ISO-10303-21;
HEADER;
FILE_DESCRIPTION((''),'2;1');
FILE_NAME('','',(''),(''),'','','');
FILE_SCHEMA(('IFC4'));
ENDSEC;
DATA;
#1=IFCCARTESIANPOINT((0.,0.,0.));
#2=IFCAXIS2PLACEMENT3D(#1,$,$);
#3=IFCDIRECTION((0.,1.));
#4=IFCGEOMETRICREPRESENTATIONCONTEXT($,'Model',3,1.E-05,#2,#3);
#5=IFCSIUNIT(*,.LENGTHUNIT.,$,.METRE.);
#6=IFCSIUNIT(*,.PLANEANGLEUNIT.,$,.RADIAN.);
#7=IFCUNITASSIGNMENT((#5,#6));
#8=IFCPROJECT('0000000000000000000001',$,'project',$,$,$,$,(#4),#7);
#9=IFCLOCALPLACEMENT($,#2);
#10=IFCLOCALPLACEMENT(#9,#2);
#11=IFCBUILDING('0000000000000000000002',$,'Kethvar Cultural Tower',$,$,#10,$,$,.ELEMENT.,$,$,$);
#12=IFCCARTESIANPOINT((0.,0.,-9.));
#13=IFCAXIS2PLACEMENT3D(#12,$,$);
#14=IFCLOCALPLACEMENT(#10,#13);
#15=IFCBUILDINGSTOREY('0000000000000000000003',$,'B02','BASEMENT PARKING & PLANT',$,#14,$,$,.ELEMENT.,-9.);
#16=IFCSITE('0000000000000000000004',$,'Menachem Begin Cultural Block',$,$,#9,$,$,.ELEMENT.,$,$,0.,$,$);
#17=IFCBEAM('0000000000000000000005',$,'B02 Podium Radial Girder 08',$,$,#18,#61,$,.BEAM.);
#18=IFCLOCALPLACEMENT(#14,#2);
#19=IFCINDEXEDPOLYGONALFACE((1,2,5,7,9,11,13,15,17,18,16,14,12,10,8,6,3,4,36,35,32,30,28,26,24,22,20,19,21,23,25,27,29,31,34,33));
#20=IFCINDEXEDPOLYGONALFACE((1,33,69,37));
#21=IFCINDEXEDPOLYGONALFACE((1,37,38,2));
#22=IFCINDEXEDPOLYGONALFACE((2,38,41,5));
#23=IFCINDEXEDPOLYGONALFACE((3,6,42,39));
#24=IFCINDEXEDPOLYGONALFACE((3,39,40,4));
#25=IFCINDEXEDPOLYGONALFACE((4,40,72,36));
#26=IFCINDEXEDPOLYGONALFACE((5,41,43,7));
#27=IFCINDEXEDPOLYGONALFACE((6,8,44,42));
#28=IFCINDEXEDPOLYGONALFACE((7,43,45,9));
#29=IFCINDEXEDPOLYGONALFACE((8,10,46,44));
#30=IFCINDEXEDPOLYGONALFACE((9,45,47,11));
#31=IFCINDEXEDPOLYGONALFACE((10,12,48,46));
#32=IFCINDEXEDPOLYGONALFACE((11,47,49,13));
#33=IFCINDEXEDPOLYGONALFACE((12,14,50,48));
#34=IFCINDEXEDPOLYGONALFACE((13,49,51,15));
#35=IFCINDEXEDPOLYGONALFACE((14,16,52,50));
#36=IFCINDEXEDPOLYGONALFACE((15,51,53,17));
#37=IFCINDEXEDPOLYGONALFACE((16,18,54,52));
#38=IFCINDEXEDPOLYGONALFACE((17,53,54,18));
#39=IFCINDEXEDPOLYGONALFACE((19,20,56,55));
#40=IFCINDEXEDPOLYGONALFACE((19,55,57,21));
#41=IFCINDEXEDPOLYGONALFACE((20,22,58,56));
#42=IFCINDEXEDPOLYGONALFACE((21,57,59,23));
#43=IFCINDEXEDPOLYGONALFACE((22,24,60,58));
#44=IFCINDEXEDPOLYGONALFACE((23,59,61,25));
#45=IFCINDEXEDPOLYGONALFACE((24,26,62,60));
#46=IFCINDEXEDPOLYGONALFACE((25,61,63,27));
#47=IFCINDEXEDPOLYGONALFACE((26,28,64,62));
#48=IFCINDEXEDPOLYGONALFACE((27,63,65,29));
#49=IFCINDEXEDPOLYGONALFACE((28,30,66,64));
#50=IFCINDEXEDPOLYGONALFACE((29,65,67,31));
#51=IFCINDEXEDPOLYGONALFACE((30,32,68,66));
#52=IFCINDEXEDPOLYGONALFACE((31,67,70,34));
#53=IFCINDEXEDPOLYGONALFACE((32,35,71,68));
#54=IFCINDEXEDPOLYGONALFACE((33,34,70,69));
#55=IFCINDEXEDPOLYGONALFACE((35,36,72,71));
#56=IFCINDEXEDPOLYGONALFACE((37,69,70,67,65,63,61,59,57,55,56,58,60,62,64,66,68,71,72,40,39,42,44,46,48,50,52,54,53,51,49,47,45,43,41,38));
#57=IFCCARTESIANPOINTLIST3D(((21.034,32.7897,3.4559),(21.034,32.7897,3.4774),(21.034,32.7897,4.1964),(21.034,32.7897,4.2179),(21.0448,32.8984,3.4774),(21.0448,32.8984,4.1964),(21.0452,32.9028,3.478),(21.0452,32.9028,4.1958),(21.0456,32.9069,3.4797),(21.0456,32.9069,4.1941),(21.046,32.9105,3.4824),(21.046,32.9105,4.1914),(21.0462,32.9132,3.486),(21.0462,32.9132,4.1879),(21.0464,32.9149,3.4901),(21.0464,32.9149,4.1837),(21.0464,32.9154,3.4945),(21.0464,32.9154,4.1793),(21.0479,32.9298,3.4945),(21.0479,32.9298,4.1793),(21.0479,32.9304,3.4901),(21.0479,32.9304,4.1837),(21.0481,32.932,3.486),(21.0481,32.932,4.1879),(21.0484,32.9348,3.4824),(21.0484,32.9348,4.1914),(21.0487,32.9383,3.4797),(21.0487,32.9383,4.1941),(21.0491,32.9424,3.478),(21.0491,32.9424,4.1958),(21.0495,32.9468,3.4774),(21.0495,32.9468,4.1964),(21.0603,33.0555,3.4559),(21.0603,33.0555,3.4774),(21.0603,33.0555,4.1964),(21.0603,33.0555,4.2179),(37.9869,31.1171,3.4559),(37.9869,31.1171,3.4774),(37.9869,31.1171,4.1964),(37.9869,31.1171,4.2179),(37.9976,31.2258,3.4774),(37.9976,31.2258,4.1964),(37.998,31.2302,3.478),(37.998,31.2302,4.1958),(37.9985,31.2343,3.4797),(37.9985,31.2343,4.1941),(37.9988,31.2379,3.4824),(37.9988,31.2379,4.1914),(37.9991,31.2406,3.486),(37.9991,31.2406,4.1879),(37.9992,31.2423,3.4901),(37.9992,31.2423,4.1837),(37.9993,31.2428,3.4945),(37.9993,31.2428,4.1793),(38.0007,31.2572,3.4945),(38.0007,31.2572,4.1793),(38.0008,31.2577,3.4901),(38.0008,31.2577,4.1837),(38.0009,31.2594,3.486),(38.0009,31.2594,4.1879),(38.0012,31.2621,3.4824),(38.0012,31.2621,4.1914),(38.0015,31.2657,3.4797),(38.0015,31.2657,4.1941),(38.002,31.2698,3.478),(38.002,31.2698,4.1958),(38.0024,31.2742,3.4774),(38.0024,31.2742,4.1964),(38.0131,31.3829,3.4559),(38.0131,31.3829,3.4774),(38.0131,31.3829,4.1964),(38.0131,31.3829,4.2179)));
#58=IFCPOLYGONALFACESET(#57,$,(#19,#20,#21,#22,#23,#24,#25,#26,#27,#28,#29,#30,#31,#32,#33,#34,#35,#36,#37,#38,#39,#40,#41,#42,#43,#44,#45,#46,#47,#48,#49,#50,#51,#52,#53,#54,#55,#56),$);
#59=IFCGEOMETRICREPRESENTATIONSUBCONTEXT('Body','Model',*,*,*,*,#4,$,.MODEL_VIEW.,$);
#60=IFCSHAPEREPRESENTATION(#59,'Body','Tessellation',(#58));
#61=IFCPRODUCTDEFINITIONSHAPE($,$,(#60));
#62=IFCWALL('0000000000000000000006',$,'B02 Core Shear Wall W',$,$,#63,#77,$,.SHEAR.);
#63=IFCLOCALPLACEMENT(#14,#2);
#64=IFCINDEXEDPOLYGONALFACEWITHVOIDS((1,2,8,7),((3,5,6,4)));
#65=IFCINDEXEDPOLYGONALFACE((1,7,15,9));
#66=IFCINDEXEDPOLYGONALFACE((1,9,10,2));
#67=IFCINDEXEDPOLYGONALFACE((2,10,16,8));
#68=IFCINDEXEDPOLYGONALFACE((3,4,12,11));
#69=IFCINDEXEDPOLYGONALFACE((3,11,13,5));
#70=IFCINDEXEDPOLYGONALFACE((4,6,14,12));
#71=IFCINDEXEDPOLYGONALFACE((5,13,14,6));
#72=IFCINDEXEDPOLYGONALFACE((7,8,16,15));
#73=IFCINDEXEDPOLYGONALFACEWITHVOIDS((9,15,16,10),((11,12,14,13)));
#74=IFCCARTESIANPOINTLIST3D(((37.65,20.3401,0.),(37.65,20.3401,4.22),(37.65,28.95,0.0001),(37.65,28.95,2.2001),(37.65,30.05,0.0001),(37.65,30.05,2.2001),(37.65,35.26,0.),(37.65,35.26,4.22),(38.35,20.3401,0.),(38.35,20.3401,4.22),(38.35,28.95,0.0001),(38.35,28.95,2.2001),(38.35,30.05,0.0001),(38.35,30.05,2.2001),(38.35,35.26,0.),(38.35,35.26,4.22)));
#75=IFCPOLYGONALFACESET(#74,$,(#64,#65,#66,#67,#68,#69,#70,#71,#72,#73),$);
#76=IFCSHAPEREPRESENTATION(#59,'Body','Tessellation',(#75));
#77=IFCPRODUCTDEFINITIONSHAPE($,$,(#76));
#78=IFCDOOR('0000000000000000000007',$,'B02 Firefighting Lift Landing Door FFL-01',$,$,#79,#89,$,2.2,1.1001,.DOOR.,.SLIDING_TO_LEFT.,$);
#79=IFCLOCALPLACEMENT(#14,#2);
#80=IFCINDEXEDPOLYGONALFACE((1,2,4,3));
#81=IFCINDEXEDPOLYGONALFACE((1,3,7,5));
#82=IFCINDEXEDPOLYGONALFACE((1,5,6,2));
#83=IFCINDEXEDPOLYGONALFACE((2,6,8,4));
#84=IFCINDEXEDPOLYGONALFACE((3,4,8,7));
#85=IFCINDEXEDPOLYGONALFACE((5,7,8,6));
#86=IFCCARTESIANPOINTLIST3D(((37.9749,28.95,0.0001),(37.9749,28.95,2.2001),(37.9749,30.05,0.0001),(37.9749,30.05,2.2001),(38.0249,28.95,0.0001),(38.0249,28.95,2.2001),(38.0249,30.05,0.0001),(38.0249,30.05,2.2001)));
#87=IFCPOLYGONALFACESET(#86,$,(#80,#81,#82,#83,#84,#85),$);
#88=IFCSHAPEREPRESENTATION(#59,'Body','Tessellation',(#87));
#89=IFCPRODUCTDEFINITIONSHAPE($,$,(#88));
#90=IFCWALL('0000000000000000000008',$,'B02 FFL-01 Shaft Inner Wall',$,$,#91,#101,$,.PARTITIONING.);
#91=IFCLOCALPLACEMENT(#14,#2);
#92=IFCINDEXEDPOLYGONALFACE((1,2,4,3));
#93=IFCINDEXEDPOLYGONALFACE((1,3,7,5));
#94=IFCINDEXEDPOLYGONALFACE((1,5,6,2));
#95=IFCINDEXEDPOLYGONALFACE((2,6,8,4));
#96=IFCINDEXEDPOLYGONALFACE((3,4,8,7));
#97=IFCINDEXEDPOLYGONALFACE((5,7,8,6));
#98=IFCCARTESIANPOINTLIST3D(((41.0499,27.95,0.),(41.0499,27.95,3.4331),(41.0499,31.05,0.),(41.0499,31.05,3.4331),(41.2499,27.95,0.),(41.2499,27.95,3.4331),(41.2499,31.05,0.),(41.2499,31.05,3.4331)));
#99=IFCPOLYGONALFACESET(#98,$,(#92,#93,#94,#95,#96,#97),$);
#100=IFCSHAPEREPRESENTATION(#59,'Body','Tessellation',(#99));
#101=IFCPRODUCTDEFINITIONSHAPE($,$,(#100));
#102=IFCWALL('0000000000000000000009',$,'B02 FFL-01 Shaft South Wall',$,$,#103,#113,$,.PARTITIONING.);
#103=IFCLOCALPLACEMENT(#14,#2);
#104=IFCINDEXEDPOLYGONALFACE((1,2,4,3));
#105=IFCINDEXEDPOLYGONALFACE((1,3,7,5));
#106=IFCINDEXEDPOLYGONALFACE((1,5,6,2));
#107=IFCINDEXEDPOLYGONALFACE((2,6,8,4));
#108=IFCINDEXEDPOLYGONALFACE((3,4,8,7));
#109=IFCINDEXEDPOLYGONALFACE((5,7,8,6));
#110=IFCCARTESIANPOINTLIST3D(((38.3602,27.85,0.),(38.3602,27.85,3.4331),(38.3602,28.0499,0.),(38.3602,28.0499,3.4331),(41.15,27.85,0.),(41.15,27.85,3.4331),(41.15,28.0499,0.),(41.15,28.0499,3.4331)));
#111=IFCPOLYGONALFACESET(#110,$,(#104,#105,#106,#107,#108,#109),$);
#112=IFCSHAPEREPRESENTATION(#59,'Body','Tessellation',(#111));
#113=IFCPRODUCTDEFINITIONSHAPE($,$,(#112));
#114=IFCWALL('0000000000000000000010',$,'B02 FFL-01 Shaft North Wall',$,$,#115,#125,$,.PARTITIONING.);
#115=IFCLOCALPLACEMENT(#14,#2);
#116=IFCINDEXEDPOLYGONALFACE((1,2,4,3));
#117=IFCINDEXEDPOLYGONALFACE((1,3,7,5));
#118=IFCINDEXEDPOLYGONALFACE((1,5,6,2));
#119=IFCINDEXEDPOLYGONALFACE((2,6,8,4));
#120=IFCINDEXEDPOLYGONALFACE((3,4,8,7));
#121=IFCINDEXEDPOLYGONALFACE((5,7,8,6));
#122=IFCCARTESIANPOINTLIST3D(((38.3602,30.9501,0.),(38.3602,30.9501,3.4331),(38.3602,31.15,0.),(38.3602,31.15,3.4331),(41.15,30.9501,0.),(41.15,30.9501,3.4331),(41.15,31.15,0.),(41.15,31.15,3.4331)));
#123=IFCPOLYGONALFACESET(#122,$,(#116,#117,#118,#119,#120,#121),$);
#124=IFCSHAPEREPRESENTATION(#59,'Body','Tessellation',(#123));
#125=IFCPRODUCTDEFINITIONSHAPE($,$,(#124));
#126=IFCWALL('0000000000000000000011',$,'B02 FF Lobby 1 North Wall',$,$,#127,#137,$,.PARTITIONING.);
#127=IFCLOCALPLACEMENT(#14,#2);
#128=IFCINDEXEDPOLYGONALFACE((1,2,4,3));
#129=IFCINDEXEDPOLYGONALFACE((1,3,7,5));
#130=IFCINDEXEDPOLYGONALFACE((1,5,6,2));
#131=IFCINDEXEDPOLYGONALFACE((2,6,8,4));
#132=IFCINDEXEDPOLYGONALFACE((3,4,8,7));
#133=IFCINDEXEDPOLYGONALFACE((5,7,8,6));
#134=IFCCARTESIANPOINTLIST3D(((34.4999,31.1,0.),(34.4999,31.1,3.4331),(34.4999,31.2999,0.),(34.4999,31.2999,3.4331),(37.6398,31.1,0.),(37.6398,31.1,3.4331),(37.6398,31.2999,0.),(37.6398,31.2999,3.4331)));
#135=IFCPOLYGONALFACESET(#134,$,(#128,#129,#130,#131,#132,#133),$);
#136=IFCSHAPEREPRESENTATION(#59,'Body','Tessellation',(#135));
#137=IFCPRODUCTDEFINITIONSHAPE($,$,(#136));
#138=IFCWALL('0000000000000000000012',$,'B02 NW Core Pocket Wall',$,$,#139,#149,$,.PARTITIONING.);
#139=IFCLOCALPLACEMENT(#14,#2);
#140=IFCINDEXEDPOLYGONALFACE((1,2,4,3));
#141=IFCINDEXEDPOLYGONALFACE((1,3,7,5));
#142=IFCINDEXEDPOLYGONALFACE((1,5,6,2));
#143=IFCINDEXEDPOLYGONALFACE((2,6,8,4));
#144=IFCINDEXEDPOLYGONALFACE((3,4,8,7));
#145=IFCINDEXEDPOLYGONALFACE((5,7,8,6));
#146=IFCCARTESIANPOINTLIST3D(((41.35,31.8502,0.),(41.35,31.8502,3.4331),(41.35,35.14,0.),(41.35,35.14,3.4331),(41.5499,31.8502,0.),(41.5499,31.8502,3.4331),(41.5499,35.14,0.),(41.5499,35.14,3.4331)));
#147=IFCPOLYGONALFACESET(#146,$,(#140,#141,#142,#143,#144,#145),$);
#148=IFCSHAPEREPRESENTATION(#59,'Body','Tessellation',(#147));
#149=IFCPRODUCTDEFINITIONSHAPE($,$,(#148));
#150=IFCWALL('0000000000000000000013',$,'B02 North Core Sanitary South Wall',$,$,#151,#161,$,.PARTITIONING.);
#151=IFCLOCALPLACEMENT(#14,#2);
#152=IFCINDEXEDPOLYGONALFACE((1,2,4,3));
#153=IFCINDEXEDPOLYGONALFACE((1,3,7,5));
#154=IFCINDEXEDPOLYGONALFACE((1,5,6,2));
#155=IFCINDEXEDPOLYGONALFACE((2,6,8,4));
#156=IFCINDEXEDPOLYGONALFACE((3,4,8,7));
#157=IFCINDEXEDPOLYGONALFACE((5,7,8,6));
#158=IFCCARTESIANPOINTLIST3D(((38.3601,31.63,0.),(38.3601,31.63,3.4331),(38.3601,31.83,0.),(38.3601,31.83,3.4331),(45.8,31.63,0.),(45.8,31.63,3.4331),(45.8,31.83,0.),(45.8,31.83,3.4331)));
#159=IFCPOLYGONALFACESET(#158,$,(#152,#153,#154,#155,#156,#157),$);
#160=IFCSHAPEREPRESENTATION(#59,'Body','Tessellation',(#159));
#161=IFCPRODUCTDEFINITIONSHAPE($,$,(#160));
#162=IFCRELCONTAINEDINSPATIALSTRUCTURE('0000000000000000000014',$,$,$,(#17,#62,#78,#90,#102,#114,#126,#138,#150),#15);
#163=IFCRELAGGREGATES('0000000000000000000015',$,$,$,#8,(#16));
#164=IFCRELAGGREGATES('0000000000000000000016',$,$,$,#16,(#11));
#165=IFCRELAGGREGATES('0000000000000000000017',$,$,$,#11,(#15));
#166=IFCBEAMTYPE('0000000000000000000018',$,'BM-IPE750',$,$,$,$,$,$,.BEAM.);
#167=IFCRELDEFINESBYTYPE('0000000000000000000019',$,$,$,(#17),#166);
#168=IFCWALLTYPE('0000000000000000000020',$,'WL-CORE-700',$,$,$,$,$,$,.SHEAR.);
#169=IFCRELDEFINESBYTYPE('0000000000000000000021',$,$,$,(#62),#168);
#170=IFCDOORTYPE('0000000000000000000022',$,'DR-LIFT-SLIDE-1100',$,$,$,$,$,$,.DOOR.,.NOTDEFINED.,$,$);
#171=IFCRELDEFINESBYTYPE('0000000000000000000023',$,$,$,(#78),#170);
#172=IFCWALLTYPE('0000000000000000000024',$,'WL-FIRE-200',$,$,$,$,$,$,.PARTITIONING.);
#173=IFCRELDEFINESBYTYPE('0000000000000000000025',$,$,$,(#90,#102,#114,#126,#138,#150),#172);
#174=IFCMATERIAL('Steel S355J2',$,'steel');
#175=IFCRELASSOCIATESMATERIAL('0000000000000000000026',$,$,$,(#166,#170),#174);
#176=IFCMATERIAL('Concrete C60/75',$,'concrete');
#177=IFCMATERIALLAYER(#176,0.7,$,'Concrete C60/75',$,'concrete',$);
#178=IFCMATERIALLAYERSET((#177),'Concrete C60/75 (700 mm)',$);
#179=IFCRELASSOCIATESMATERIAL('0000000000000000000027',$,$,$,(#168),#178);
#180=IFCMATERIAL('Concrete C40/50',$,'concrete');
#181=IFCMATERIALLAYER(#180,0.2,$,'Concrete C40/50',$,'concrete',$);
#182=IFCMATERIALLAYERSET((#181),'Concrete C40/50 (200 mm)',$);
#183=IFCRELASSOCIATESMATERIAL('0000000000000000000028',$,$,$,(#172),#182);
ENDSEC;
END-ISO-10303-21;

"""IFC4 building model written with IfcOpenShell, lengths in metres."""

from ifc_helpers import new_model, si_unit, direction, frame, frame_2d, origin, origin_2d, place, context, subcontext, project, spatial, rectangle, i_section, extrude, source, transform, mapped, material, layer, layer_set, material_profile, profile_set, type_object, element, fill, save


model = new_model("IFC4")

# Units and contexts
model_context = context("Model", 3, precision=1e-05, world=origin(), true_north=direction((0.0, 1.0)))
body_context = subcontext(model_context, "Body", "Model", "MODEL_VIEW")
ifc_project = project(units=[si_unit("LENGTHUNIT", "METRE"), si_unit("PLANEANGLEUNIT", "RADIAN")], contexts=[model_context])

# Site, building, storey
site_placement = place(None, origin())
site = spatial("IfcSite", under=ifc_project, at=site_placement, Name="Menachem Begin Cultural Block", CompositionType="ELEMENT", RefElevation=0.0)
building_placement = place(site_placement, origin())
building = spatial("IfcBuilding", under=site, at=building_placement, Name="Kethvar Cultural Tower", CompositionType="ELEMENT")
storey_placement = place(building_placement, frame((0.0, 0.0, -9.0)))
storey = spatial("IfcBuildingStorey", under=building, at=storey_placement, Name="B02", Description="BASEMENT PARKING & PLANT", CompositionType="ELEMENT", Elevation=-9.0)

# Beam
ifc_material_1 = material(Name="Steel S355J2", Category="steel")
ifc_material_profile_1 = material_profile(ifc_material_1, i_section(OverallWidth=0.2671, OverallDepth=0.762, WebThickness=0.0144, FlangeThickness=0.0215, FilletRadius=0.0171, at=origin_2d()), Name="Steel S355J2 — IPE750x173")
ifc_profile_set_1 = profile_set([ifc_material_profile_1], Name="Steel S355J2 — IPE750x173")
beam_type = type_object("IfcBeamType", Name="BM-IPE750", PredefinedType="BEAM", material=ifc_profile_set_1)
shared_shape_1 = source(origin(), body_context, "Body", "SweptSolid", [
    extrude(i_section(OverallWidth=0.2671, OverallDepth=0.762, WebThickness=0.0144, FlangeThickness=0.0215, FilletRadius=0.0171, at=origin_2d()), origin(), (0.0, 0.0, 1.0), 17.0352),
])
beam_1_placement = place(storey_placement, frame((38.0, 31.25, 3.8369), z_axis=(-0.995168, 0.098185, 0.0), x_axis=(-0.098185, -0.995168, 0.0)))
element("IfcBeam", 1, at=beam_1_placement, inside=storey, type_object=beam_type, Name="B02 Podium Radial Girder 08", PredefinedType="BEAM", context=body_context, shape_type="MappedRepresentation", body=[
    mapped(shared_shape_1, transform((0.0, 0.0, 0.0), scale=1.0)),
])

# Wall, opening, door
ifc_material_2 = material(Name="Concrete C60/75", Category="concrete")
ifc_layer_1 = layer(ifc_material_2, 0.7, Name="Concrete C60/75", Category="concrete")
ifc_layer_set_1 = layer_set([ifc_layer_1], Name="Concrete C60/75 (700 mm)")
wall_type_1 = type_object("IfcWallType", Name="WL-CORE-700", PredefinedType="SHEAR", material=ifc_layer_set_1)
wall_1_placement = place(storey_placement, frame((38.0, 35.26, 0.0), z_axis=(0.0, 0.0, 1.0), x_axis=(0.0, -1.0, 0.0)))
wall_1 = element("IfcWall", 2, at=wall_1_placement, inside=storey, type_object=wall_type_1, Name="B02 Core Shear Wall W", PredefinedType="SHEAR", context=body_context, shape_type="SweptSolid", body=[
    extrude(rectangle(XDim=14.9199, YDim=0.7, at=frame_2d((7.46, 0.0))), origin(), (0.0, 0.0, 1.0), 4.22),
])
opening_1_placement = place(wall_1_placement, frame((5.21, 0.0, 0.0)))
opening_1 = element("IfcOpeningElement", 3, at=opening_1_placement, cuts=wall_1, PredefinedType="OPENING", context=body_context, shape_type="SweptSolid", body=[
    extrude(rectangle(XDim=1.1001, YDim=2.2, at=frame_2d((0.55, 1.1001))), frame((0.0, 0.3599, 0.0), z_axis=(0.0, -1.0, 0.0), x_axis=(1.0, 0.0, 0.0)), (0.0, 0.0, 1.0), 0.72),
])
door_type_1 = type_object("IfcDoorType", Name="DR-LIFT-SLIDE-1100", OperationType="NOTDEFINED", PredefinedType="DOOR", material=ifc_material_1)
shared_shape_2 = source(origin(), body_context, "Body", "SweptSolid", [
    extrude(rectangle(XDim=1.1001, YDim=2.2, at=frame_2d((0.55, 1.1001))), frame((0.0, 0.0249, 0.0), z_axis=(0.0, -1.0, 0.0), x_axis=(1.0, 0.0, 0.0)), (0.0, 0.0, 1.0), 0.05),
])
door_1_placement = place(opening_1_placement, origin())
door_1 = element("IfcDoor", 4, at=door_1_placement, inside=storey, type_object=door_type_1, Name="B02 Firefighting Lift Landing Door FFL-01", OperationType="SLIDING_TO_LEFT", OverallHeight=2.2, OverallWidth=1.1001, PredefinedType="DOOR", context=body_context, shape_type="MappedRepresentation", body=[
    mapped(shared_shape_2, transform((0.0, 0.0, 0.0), scale=1.0)),
])
fill(opening_1, door_1)

# Walls
ifc_material_3 = material(Name="Concrete C40/50", Category="concrete")
ifc_layer_2 = layer(ifc_material_3, 0.2, Name="Concrete C40/50", Category="concrete")
ifc_layer_set_2 = layer_set([ifc_layer_2], Name="Concrete C40/50 (200 mm)")
wall_type_2 = type_object("IfcWallType", Name="WL-FIRE-200", PredefinedType="PARTITIONING", material=ifc_layer_set_2)
wall_2_placement = place(storey_placement, frame((41.1499, 27.95, 0.0), z_axis=(0.0, 0.0, 1.0), x_axis=(0.0, 1.0, 0.0)))
element("IfcWall", 5, at=wall_2_placement, inside=storey, type_object=wall_type_2, Name="B02 FFL-01 Shaft Inner Wall", PredefinedType="PARTITIONING", context=body_context, shape_type="SweptSolid", body=[
    extrude(rectangle(XDim=3.1001, YDim=0.2, at=frame_2d((1.55, 0.0))), origin(), (0.0, 0.0, 1.0), 3.4331),
])
for number, where, z_axis, x_axis, name in (
    (6, (38.3601, 27.95, 0.0), (0.0, 0.0, 1.0), (1.0, 0.0, 0.0), "B02 FFL-01 Shaft South Wall"),
    (7, (38.3601, 31.05, 0.0), (0.0, 0.0, 1.0), (1.0, 0.0, 0.0), "B02 FFL-01 Shaft North Wall"),
):
    element("IfcWall", number, at=place(storey_placement, frame(where, z_axis=z_axis, x_axis=x_axis)), inside=storey, type_object=wall_type_2, Name=name, PredefinedType="PARTITIONING", context=body_context, shape_type="SweptSolid", body=[
        extrude(rectangle(XDim=2.7898, YDim=0.2, at=frame_2d((1.395, 0.0))), origin(), (0.0, 0.0, 1.0), 3.4331),
    ])

# Walls
wall_3_placement = place(storey_placement, frame((34.5, 31.2, 0.0), z_axis=(0.0, 0.0, 1.0), x_axis=(1.0, 0.0, 0.0)))
element("IfcWall", 8, at=wall_3_placement, inside=storey, type_object=wall_type_2, Name="B02 FF Lobby 1 North Wall", PredefinedType="PARTITIONING", context=body_context, shape_type="SweptSolid", body=[
    extrude(rectangle(XDim=3.1399, YDim=0.2, at=frame_2d((1.5698, 0.0))), origin(), (0.0, 0.0, 1.0), 3.4331),
])
wall_4_placement = place(storey_placement, frame((41.45, 31.8501, 0.0), z_axis=(0.0, 0.0, 1.0), x_axis=(0.0, 1.0, 0.0)))
element("IfcWall", 9, at=wall_4_placement, inside=storey, type_object=wall_type_2, Name="B02 NW Core Pocket Wall", PredefinedType="PARTITIONING", context=body_context, shape_type="SweptSolid", body=[
    extrude(rectangle(XDim=3.2898, YDim=0.2, at=frame_2d((1.645, 0.0))), origin(), (0.0, 0.0, 1.0), 3.4331),
])
wall_5_placement = place(storey_placement, frame((38.3601, 31.73, 0.0), z_axis=(0.0, 0.0, 1.0), x_axis=(1.0, 0.0, 0.0)))
element("IfcWall", 10, at=wall_5_placement, inside=storey, type_object=wall_type_2, Name="B02 North Core Sanitary South Wall", PredefinedType="PARTITIONING", context=body_context, shape_type="SweptSolid", body=[
    extrude(rectangle(XDim=7.4399, YDim=0.2, at=frame_2d((3.72, 0.0))), origin(), (0.0, 0.0, 1.0), 3.4331),
])

save(model, "model.ifc")
